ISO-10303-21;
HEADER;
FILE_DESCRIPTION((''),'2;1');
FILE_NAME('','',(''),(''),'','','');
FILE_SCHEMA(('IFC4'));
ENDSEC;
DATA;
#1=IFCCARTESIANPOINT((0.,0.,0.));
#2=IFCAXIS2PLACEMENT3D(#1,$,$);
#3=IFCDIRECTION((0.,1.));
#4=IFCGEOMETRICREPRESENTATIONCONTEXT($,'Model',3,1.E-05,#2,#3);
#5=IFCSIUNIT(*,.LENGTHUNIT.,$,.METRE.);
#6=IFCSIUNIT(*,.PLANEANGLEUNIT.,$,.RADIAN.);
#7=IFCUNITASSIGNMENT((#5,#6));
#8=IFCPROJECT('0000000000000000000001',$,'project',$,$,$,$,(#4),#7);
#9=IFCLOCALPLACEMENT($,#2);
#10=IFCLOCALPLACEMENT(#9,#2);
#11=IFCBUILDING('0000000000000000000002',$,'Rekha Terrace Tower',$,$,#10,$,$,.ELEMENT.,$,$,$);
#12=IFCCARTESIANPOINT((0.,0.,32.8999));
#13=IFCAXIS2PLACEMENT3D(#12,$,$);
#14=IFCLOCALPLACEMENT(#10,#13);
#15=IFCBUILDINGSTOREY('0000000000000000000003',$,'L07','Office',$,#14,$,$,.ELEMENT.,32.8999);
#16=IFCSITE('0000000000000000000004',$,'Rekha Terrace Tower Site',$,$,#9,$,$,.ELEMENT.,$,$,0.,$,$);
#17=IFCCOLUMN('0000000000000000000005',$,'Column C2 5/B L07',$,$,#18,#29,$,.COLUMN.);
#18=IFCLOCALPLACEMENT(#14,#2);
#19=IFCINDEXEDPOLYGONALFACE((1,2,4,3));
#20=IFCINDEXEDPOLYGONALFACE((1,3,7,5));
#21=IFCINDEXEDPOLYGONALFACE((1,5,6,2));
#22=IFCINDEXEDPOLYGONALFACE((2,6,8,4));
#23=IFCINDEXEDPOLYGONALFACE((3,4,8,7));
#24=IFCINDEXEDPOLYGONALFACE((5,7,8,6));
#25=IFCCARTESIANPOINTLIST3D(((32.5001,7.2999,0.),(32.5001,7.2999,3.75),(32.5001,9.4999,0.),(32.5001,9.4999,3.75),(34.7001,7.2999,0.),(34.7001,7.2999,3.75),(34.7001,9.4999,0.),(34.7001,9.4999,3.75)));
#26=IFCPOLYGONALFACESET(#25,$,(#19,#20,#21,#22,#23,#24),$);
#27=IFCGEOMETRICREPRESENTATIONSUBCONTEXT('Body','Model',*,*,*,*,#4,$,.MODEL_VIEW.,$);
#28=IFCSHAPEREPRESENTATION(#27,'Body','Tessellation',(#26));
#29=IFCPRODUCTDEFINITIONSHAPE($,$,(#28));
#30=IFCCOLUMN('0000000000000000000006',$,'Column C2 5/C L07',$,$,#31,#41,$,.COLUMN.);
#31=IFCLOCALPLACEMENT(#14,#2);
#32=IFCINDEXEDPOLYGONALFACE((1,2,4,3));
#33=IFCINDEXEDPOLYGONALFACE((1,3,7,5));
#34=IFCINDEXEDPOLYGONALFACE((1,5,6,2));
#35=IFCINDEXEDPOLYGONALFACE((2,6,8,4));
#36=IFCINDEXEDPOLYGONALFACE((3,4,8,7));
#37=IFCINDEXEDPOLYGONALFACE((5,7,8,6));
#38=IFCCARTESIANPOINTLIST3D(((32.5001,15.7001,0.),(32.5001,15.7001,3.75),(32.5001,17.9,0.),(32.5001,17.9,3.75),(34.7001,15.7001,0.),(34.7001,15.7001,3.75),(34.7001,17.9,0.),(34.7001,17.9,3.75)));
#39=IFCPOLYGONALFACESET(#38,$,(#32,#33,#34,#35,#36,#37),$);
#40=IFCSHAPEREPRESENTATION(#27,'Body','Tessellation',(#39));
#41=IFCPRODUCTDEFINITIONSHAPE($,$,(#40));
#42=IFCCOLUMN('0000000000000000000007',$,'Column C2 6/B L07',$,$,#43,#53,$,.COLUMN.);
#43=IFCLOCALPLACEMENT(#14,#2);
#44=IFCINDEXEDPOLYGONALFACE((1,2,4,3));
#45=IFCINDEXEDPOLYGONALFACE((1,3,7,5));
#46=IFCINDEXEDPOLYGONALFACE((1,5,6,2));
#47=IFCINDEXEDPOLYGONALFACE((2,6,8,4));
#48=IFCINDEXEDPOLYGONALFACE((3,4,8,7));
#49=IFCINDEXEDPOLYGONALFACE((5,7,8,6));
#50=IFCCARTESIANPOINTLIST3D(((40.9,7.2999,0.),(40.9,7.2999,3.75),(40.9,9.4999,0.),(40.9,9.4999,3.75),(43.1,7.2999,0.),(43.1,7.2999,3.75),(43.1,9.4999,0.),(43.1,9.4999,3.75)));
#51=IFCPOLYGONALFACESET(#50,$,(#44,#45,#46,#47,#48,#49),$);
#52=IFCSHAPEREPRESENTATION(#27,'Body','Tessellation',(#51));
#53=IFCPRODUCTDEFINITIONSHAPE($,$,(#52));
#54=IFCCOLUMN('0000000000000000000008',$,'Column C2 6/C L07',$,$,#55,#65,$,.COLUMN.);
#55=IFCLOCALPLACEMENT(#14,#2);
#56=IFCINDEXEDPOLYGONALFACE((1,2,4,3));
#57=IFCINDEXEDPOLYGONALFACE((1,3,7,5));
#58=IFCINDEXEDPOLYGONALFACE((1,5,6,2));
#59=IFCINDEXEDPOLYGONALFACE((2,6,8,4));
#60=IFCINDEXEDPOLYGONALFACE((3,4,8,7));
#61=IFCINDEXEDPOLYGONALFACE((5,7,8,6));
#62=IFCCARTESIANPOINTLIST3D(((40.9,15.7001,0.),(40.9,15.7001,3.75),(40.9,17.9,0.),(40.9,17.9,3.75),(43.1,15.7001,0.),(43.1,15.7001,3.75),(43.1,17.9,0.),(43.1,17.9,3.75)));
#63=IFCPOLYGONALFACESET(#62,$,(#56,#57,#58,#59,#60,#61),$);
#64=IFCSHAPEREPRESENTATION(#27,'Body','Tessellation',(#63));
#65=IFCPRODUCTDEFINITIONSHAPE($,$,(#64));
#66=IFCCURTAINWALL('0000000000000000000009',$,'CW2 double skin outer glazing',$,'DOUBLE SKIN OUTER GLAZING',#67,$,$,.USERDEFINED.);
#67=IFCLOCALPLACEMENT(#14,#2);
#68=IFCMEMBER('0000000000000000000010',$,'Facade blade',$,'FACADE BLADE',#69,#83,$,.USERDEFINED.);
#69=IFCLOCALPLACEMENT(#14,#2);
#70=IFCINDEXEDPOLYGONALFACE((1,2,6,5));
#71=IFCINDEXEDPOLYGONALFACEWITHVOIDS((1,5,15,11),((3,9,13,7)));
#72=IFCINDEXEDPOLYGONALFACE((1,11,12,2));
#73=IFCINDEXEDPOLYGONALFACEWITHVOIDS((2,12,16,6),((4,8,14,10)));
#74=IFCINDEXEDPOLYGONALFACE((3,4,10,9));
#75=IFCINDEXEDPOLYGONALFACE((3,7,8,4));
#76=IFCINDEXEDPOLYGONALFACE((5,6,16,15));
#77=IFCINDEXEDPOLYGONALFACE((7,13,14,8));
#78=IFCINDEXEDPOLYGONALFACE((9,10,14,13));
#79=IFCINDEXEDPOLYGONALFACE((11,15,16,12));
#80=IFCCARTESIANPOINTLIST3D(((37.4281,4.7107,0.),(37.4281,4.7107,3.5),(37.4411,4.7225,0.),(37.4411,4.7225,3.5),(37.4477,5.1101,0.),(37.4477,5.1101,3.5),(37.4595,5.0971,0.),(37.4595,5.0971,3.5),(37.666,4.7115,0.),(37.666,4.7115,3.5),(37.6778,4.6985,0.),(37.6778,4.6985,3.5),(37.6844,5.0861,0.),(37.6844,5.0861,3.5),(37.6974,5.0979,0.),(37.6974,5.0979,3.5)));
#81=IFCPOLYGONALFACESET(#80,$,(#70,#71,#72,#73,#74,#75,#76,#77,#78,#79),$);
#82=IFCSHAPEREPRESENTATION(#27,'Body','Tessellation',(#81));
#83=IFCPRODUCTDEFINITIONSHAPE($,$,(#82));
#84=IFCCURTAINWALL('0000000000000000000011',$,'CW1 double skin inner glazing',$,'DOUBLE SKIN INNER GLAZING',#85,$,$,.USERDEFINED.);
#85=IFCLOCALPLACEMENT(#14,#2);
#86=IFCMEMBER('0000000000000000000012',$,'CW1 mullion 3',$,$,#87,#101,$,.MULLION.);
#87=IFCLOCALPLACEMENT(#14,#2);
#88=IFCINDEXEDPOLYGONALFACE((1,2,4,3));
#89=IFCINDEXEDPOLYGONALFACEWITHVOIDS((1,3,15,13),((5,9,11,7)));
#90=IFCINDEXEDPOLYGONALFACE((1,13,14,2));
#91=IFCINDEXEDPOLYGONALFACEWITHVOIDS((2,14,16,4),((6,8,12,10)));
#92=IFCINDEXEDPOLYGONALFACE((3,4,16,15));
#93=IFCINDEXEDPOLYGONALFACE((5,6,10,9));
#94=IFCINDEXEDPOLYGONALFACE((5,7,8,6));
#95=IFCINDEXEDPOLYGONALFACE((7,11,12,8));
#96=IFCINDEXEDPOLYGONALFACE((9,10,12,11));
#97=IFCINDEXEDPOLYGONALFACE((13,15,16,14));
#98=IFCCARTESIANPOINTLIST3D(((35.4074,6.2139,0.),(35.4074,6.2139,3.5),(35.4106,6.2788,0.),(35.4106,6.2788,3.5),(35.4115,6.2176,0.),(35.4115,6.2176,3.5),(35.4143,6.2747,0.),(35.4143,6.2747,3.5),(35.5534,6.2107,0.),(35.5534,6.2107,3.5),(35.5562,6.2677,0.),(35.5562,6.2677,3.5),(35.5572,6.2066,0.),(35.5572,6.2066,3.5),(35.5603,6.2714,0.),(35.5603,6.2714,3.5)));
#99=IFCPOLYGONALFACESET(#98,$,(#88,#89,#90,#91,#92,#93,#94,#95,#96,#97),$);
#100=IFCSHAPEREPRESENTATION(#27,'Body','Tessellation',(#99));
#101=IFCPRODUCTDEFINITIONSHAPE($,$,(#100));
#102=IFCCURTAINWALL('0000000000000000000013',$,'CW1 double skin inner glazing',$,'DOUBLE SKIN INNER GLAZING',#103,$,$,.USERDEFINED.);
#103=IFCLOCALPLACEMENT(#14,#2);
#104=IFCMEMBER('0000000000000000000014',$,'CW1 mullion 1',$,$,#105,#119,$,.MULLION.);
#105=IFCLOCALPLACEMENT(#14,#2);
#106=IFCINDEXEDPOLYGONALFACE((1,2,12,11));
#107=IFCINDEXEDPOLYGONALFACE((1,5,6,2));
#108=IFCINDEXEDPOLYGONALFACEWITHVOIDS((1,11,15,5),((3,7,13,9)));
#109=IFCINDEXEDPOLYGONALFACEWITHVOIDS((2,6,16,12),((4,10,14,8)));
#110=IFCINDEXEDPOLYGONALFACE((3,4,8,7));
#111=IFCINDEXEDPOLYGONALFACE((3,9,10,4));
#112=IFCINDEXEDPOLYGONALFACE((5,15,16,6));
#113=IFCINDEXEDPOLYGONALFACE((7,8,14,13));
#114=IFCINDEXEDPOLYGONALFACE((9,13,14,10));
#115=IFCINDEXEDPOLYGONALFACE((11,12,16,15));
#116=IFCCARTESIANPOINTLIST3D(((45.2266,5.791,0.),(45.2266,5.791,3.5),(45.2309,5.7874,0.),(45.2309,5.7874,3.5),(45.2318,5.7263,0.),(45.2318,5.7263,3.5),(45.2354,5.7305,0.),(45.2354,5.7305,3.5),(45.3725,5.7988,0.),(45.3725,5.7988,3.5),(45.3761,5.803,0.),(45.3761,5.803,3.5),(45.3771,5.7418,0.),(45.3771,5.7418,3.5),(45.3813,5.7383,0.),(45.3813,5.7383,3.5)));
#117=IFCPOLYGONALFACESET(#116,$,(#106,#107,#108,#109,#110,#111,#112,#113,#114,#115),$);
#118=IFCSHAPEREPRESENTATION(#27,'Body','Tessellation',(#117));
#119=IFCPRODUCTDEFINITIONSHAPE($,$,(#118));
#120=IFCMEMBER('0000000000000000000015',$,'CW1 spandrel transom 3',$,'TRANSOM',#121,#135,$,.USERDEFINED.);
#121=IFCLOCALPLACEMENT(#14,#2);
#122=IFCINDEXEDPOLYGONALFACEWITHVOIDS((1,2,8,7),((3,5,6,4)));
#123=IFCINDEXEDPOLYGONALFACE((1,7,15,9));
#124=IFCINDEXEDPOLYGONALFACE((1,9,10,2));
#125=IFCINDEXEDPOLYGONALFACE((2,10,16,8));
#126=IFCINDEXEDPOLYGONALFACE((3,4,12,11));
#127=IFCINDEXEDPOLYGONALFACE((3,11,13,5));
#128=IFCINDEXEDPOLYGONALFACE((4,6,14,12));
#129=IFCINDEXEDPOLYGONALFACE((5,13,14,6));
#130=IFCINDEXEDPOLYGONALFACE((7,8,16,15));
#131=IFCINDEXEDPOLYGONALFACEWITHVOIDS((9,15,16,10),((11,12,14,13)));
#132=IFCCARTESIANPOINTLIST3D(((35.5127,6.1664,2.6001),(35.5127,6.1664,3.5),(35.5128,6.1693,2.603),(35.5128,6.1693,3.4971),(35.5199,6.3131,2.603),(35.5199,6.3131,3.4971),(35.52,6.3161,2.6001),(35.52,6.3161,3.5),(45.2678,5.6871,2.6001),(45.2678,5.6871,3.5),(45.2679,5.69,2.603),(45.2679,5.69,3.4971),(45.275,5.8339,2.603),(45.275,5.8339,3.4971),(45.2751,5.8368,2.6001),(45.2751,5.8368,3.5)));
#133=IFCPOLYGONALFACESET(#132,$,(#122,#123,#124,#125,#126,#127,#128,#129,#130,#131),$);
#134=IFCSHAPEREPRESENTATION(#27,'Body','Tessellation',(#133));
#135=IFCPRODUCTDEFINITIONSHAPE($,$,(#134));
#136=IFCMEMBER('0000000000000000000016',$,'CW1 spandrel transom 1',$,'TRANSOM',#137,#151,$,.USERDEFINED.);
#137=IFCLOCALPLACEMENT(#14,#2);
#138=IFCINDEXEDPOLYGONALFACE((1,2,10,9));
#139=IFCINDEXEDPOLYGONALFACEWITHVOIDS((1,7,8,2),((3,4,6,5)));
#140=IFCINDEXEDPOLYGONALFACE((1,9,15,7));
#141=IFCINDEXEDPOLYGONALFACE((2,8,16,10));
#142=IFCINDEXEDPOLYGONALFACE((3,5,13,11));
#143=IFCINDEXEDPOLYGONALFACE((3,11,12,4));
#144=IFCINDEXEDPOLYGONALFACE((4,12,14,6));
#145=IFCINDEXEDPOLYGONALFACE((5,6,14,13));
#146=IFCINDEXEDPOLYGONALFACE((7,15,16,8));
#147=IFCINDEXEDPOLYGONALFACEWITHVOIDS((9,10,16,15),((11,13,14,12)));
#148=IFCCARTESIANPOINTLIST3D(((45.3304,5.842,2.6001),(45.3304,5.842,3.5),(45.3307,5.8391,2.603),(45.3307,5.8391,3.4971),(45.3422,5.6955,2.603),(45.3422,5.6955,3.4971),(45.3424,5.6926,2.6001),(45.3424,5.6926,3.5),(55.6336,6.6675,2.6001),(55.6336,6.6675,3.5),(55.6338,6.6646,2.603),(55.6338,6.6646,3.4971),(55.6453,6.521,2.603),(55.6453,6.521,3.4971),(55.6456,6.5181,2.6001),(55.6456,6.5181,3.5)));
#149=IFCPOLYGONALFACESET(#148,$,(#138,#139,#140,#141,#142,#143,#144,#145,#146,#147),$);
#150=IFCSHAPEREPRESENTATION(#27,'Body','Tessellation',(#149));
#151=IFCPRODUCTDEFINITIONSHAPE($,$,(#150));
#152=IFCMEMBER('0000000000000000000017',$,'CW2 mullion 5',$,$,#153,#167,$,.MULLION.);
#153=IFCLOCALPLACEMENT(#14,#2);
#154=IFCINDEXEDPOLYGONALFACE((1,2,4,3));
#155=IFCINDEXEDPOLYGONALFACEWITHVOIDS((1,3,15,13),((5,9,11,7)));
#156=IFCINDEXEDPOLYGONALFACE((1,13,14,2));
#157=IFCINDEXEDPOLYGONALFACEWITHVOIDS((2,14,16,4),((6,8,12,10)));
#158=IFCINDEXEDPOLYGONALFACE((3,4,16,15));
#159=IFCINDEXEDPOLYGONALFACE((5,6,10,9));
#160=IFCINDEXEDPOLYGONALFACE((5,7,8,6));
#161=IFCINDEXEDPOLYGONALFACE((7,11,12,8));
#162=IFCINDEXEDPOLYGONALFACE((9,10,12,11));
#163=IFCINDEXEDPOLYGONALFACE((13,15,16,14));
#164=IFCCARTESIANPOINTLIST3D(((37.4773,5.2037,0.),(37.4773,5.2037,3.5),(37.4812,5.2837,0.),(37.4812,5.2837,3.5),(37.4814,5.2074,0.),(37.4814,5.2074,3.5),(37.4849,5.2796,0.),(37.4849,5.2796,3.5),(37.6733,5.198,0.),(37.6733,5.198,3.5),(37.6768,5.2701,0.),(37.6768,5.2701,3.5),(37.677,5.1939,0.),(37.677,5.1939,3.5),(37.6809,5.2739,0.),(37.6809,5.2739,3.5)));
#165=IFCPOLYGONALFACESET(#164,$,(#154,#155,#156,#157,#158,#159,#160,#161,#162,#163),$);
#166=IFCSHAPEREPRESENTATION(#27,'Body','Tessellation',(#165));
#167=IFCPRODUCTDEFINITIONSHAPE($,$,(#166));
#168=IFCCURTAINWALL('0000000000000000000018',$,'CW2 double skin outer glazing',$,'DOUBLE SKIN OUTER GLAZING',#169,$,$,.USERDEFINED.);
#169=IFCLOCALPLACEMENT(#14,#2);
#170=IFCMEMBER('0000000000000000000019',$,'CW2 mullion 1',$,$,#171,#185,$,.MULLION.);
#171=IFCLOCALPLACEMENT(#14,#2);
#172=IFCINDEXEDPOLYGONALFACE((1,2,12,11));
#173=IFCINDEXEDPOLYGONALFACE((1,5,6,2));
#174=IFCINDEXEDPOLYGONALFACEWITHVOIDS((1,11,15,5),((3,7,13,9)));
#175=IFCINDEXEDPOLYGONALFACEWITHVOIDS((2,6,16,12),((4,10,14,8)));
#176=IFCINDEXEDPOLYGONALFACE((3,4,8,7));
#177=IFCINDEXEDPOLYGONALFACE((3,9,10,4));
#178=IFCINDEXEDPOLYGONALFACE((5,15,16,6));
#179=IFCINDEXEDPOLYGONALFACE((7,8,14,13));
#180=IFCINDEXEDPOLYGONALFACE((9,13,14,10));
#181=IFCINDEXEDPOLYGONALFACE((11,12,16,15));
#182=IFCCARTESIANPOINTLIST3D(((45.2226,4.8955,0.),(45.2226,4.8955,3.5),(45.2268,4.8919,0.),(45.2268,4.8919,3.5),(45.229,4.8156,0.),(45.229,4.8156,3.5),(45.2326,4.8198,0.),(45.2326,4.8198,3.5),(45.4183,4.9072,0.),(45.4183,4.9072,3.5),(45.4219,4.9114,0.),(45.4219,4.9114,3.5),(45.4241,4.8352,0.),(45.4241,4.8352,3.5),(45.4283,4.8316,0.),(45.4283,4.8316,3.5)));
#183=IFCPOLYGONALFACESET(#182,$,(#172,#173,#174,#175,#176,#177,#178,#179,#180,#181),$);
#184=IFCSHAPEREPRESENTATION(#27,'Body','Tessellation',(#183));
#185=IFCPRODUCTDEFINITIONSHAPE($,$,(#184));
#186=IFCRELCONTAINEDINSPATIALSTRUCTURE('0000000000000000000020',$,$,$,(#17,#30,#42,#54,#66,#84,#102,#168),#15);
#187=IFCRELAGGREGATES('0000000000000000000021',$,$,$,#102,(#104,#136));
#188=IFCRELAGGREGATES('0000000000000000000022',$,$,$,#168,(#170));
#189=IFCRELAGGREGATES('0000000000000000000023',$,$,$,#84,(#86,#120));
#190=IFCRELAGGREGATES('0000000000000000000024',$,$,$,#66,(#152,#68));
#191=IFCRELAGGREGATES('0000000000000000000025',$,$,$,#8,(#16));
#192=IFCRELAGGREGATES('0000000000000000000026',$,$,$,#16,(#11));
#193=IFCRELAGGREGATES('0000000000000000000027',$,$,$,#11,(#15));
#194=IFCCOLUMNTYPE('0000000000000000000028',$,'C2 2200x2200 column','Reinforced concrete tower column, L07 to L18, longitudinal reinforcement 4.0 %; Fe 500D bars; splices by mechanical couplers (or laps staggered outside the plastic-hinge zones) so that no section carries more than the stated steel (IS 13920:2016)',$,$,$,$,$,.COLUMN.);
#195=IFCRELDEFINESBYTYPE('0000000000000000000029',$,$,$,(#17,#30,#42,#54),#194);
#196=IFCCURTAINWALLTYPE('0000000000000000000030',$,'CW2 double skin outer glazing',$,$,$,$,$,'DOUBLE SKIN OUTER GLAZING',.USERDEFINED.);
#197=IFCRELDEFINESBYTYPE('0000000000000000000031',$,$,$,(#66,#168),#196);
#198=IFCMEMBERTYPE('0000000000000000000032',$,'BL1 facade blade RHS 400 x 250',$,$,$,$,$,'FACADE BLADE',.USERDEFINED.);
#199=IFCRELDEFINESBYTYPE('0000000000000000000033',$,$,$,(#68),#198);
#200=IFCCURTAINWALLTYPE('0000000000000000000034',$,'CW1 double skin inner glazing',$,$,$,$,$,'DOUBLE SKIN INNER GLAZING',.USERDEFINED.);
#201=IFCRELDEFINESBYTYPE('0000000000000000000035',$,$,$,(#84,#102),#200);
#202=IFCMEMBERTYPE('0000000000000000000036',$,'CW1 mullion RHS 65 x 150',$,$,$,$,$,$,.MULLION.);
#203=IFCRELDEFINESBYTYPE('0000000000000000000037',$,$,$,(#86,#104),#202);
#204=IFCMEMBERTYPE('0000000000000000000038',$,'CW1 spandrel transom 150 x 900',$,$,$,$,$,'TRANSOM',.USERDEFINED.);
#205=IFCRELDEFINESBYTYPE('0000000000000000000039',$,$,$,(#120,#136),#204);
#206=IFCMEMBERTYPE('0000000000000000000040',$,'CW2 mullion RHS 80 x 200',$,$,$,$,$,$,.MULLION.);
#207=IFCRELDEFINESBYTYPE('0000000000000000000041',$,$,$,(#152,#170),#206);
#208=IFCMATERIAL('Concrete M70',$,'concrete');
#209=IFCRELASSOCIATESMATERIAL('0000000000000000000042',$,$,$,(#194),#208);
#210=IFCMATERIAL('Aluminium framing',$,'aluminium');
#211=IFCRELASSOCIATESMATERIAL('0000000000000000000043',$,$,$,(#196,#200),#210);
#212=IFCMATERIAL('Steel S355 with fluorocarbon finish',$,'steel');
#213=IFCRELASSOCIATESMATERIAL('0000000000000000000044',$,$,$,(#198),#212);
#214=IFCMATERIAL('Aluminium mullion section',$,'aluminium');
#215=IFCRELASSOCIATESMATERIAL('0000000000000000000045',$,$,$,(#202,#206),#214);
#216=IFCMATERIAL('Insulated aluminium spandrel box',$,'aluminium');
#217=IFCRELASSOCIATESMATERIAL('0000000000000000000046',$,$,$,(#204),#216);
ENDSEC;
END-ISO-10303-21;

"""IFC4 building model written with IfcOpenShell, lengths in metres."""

from ifc_helpers import new_model, si_unit, direction, frame, origin, origin_2d, place, context, subcontext, project, spatial, rectangle, hollow_rectangle, extrude, material, material_profile, profile_set, type_object, element, aggregate, save


model = new_model("IFC4")

# Units and contexts
model_context = context("Model", 3, precision=1e-05, world=origin(), true_north=direction((0.0, 1.0)))
body_context = subcontext(model_context, "Body", "Model", "MODEL_VIEW")
ifc_project = project(units=[si_unit("LENGTHUNIT", "METRE"), si_unit("PLANEANGLEUNIT", "RADIAN")], contexts=[model_context])

# Site, building, storey
site_placement = place(None, origin())
site = spatial("IfcSite", under=ifc_project, at=site_placement, Name="Rekha Terrace Tower Site", CompositionType="ELEMENT", RefElevation=0.0)
building_placement = place(site_placement, origin())
building = spatial("IfcBuilding", under=site, at=building_placement, Name="Rekha Terrace Tower", CompositionType="ELEMENT")
storey_placement = place(building_placement, frame((0.0, 0.0, 32.8999)))
storey = spatial("IfcBuildingStorey", under=building, at=storey_placement, Name="L07", Description="Office", CompositionType="ELEMENT", Elevation=32.8999)

# Columns
ifc_material_1 = material(Name="Concrete M70", Category="concrete")
ifc_material_profile_1 = material_profile(ifc_material_1, rectangle(XDim=2.2, YDim=2.2, at=origin_2d()), Name="RC 2200x2200")
ifc_profile_set_1 = profile_set([ifc_material_profile_1], Name="Concrete M70")
column_type = type_object("IfcColumnType", Name="C2 2200x2200 column", Description="Reinforced concrete tower column, L07 to L18, longitudinal reinforcement 4.0 %; Fe 500D bars; splices by mechanical couplers (or laps staggered outside the plastic-hinge zones) so that no section carries more than the stated steel (IS 13920:2016)", PredefinedType="COLUMN", material=ifc_profile_set_1)
for number, where, z_axis, x_axis, name in (
    (1, (33.6001, 8.3999, 0.0), (0.0, 0.0, 1.0), (1.0, 0.0, 0.0), "Column C2 5/B L07"),
    (2, (33.6001, 16.8, 0.0), (0.0, 0.0, 1.0), (1.0, 0.0, 0.0), "Column C2 5/C L07"),
    (3, (42.0, 8.3999, 0.0), (0.0, 0.0, 1.0), (1.0, 0.0, 0.0), "Column C2 6/B L07"),
    (4, (42.0, 16.8, 0.0), (0.0, 0.0, 1.0), (1.0, 0.0, 0.0), "Column C2 6/C L07"),
):
    element("IfcColumn", number, at=place(storey_placement, frame(where, z_axis=z_axis, x_axis=x_axis)), inside=storey, type_object=column_type, Name=name, PredefinedType="COLUMN", context=body_context, shape_type="SweptSolid", body=[
        extrude(rectangle(XDim=2.2, YDim=2.2, at=origin_2d()), origin(), (0.0, 0.0, 1.0), 3.75),
    ])

# Curtain walls, members
ifc_material_2 = material(Name="Aluminium framing", Category="aluminium")
curtain_wall_type_1 = type_object("IfcCurtainWallType", Name="CW2 double skin outer glazing", ElementType="DOUBLE SKIN OUTER GLAZING", PredefinedType="USERDEFINED", material=ifc_material_2)
curtain_wall_1_placement = place(storey_placement, origin())
curtain_wall_1 = element("IfcCurtainWall", 5, at=curtain_wall_1_placement, inside=storey, type_object=curtain_wall_type_1, Name="CW2 double skin outer glazing", ObjectType="DOUBLE SKIN OUTER GLAZING", PredefinedType="USERDEFINED")
ifc_material_3 = material(Name="Steel S355 with fluorocarbon finish", Category="steel")
ifc_material_profile_2 = material_profile(ifc_material_3, hollow_rectangle(XDim=0.25, YDim=0.3999, WallThickness=0.0125, at=origin_2d()), Name="RHS400x250x12.5")
ifc_profile_set_2 = profile_set([ifc_material_profile_2], Name="Steel S355 with fluorocarbon finish")
member_type_1 = type_object("IfcMemberType", Name="BL1 facade blade RHS 400 x 250", ElementType="FACADE BLADE", PredefinedType="USERDEFINED", material=ifc_profile_set_2)
member_1_placement = place(storey_placement, frame((37.5627, 4.9043, 0.0), z_axis=(0.0, 0.0, 1.0), x_axis=(0.998796, -0.049052, 0.0)))
member_1 = element("IfcMember", 6, at=member_1_placement, type_object=member_type_1, Name="Facade blade", ObjectType="FACADE BLADE", PredefinedType="USERDEFINED", context=body_context, shape_type="SweptSolid", body=[
    extrude(hollow_rectangle(XDim=0.25, YDim=0.3999, WallThickness=0.0125, at=origin_2d()), origin(), (0.0, 0.0, 1.0), 3.5),
])
curtain_wall_type_2 = type_object("IfcCurtainWallType", Name="CW1 double skin inner glazing", ElementType="DOUBLE SKIN INNER GLAZING", PredefinedType="USERDEFINED", material=ifc_material_2)
curtain_wall_2_placement = place(storey_placement, origin())
curtain_wall_2 = element("IfcCurtainWall", 7, at=curtain_wall_2_placement, inside=storey, type_object=curtain_wall_type_2, Name="CW1 double skin inner glazing", ObjectType="DOUBLE SKIN INNER GLAZING", PredefinedType="USERDEFINED")
ifc_material_4 = material(Name="Aluminium mullion section", Category="aluminium")
ifc_material_profile_3 = material_profile(ifc_material_4, hollow_rectangle(XDim=0.0649, YDim=0.1499, WallThickness=0.0039, at=origin_2d()), Name="AL RHS 65x150")
ifc_profile_set_3 = profile_set([ifc_material_profile_3], Name="Aluminium mullion section")
member_type_2 = type_object("IfcMemberType", Name="CW1 mullion RHS 65 x 150", PredefinedType="MULLION", material=ifc_profile_set_3)
member_2_placement = place(storey_placement, frame((35.4839, 6.2427, 0.0), z_axis=(0.0, 0.0, 1.0), x_axis=(0.049052, 0.998796, 0.0)))
member_2 = element("IfcMember", 8, at=member_2_placement, type_object=member_type_2, Name="CW1 mullion 3", PredefinedType="MULLION", context=body_context, shape_type="SweptSolid", body=[
    extrude(hollow_rectangle(XDim=0.0649, YDim=0.1499, WallThickness=0.0039, at=origin_2d()), origin(), (0.0, 0.0, 1.0), 3.5),
])
curtain_wall_3_placement = place(storey_placement, origin())
curtain_wall_3 = element("IfcCurtainWall", 9, at=curtain_wall_3_placement, inside=storey, type_object=curtain_wall_type_2, Name="CW1 double skin inner glazing", ObjectType="DOUBLE SKIN INNER GLAZING", PredefinedType="USERDEFINED")
member_3_placement = place(storey_placement, frame((45.304, 5.7646, 0.0), z_axis=(0.0, 0.0, 1.0), x_axis=(-0.079872, 0.996805, 0.0)))
member_3 = element("IfcMember", 10, at=member_3_placement, type_object=member_type_2, Name="CW1 mullion 1", PredefinedType="MULLION", context=body_context, shape_type="SweptSolid", body=[
    extrude(hollow_rectangle(XDim=0.0649, YDim=0.1499, WallThickness=0.0039, at=origin_2d()), origin(), (0.0, 0.0, 1.0), 3.5),
])

# Members
ifc_material_5 = material(Name="Insulated aluminium spandrel box", Category="aluminium")
ifc_material_profile_4 = material_profile(ifc_material_5, hollow_rectangle(XDim=0.1499, YDim=0.8999, WallThickness=0.0029, at=origin_2d()), Name="AL SPANDREL BOX 150x900")
ifc_profile_set_4 = profile_set([ifc_material_profile_4], Name="Insulated aluminium spandrel box")
member_type_3 = type_object("IfcMemberType", Name="CW1 spandrel transom 150 x 900", ElementType="TRANSOM", PredefinedType="USERDEFINED", material=ifc_profile_set_4)
member_4_placement = place(storey_placement, frame((35.5164, 6.2412, 3.05), z_axis=(0.998795, -0.049069, 0.0), x_axis=(0.049069, 0.998795, 0.0)))
member_4 = element("IfcMember", 11, at=member_4_placement, type_object=member_type_3, Name="CW1 spandrel transom 3", ObjectType="TRANSOM", PredefinedType="USERDEFINED", context=body_context, shape_type="SweptSolid", body=[
    extrude(hollow_rectangle(XDim=0.1499, YDim=0.8999, WallThickness=0.0029, at=origin_2d()), origin(), (0.0, 0.0, 1.0), 9.7668),
])
member_5_placement = place(storey_placement, frame((45.3364, 5.7673, 3.05), z_axis=(0.996806, 0.079859, 0.0), x_axis=(-0.079859, 0.996806, 0.0)))
member_5 = element("IfcMember", 12, at=member_5_placement, type_object=member_type_3, Name="CW1 spandrel transom 1", ObjectType="TRANSOM", PredefinedType="USERDEFINED", context=body_context, shape_type="SweptSolid", body=[
    extrude(hollow_rectangle(XDim=0.1499, YDim=0.8999, WallThickness=0.0029, at=origin_2d()), origin(), (0.0, 0.0, 1.0), 10.3362),
])
aggregate(curtain_wall_3, [member_3, member_5])
ifc_material_profile_5 = material_profile(ifc_material_4, hollow_rectangle(XDim=0.0801, YDim=0.2, WallThickness=0.0039, at=origin_2d()), Name="AL RHS 80x200")
ifc_profile_set_5 = profile_set([ifc_material_profile_5], Name="Aluminium mullion section")
member_type_4 = type_object("IfcMemberType", Name="CW2 mullion RHS 80 x 200", PredefinedType="MULLION", material=ifc_profile_set_5)
member_6_placement = place(storey_placement, frame((37.5791, 5.2388, 0.0), z_axis=(0.0, 0.0, 1.0), x_axis=(0.049052, 0.998796, 0.0)))
member_6 = element("IfcMember", 13, at=member_6_placement, type_object=member_type_4, Name="CW2 mullion 5", PredefinedType="MULLION", context=body_context, shape_type="SweptSolid", body=[
    extrude(hollow_rectangle(XDim=0.0801, YDim=0.2, WallThickness=0.0039, at=origin_2d()), origin(), (0.0, 0.0, 1.0), 3.5),
])

# Curtain wall, member
curtain_wall_4_placement = place(storey_placement, origin())
curtain_wall_4 = element("IfcCurtainWall", 14, at=curtain_wall_4_placement, inside=storey, type_object=curtain_wall_type_1, Name="CW2 double skin outer glazing", ObjectType="DOUBLE SKIN OUTER GLAZING", PredefinedType="USERDEFINED")
member_7_placement = place(storey_placement, frame((45.3254, 4.8635, 0.0), z_axis=(0.0, 0.0, 1.0), x_axis=(-0.079872, 0.996805, 0.0)))
member_7 = element("IfcMember", 15, at=member_7_placement, type_object=member_type_4, Name="CW2 mullion 1", PredefinedType="MULLION", context=body_context, shape_type="SweptSolid", body=[
    extrude(hollow_rectangle(XDim=0.0801, YDim=0.2, WallThickness=0.0039, at=origin_2d()), origin(), (0.0, 0.0, 1.0), 3.5),
])

aggregate(curtain_wall_4, [member_7])

aggregate(curtain_wall_2, [member_2, member_4])
aggregate(curtain_wall_1, [member_6, member_1])

save(model, "model.ifc")
